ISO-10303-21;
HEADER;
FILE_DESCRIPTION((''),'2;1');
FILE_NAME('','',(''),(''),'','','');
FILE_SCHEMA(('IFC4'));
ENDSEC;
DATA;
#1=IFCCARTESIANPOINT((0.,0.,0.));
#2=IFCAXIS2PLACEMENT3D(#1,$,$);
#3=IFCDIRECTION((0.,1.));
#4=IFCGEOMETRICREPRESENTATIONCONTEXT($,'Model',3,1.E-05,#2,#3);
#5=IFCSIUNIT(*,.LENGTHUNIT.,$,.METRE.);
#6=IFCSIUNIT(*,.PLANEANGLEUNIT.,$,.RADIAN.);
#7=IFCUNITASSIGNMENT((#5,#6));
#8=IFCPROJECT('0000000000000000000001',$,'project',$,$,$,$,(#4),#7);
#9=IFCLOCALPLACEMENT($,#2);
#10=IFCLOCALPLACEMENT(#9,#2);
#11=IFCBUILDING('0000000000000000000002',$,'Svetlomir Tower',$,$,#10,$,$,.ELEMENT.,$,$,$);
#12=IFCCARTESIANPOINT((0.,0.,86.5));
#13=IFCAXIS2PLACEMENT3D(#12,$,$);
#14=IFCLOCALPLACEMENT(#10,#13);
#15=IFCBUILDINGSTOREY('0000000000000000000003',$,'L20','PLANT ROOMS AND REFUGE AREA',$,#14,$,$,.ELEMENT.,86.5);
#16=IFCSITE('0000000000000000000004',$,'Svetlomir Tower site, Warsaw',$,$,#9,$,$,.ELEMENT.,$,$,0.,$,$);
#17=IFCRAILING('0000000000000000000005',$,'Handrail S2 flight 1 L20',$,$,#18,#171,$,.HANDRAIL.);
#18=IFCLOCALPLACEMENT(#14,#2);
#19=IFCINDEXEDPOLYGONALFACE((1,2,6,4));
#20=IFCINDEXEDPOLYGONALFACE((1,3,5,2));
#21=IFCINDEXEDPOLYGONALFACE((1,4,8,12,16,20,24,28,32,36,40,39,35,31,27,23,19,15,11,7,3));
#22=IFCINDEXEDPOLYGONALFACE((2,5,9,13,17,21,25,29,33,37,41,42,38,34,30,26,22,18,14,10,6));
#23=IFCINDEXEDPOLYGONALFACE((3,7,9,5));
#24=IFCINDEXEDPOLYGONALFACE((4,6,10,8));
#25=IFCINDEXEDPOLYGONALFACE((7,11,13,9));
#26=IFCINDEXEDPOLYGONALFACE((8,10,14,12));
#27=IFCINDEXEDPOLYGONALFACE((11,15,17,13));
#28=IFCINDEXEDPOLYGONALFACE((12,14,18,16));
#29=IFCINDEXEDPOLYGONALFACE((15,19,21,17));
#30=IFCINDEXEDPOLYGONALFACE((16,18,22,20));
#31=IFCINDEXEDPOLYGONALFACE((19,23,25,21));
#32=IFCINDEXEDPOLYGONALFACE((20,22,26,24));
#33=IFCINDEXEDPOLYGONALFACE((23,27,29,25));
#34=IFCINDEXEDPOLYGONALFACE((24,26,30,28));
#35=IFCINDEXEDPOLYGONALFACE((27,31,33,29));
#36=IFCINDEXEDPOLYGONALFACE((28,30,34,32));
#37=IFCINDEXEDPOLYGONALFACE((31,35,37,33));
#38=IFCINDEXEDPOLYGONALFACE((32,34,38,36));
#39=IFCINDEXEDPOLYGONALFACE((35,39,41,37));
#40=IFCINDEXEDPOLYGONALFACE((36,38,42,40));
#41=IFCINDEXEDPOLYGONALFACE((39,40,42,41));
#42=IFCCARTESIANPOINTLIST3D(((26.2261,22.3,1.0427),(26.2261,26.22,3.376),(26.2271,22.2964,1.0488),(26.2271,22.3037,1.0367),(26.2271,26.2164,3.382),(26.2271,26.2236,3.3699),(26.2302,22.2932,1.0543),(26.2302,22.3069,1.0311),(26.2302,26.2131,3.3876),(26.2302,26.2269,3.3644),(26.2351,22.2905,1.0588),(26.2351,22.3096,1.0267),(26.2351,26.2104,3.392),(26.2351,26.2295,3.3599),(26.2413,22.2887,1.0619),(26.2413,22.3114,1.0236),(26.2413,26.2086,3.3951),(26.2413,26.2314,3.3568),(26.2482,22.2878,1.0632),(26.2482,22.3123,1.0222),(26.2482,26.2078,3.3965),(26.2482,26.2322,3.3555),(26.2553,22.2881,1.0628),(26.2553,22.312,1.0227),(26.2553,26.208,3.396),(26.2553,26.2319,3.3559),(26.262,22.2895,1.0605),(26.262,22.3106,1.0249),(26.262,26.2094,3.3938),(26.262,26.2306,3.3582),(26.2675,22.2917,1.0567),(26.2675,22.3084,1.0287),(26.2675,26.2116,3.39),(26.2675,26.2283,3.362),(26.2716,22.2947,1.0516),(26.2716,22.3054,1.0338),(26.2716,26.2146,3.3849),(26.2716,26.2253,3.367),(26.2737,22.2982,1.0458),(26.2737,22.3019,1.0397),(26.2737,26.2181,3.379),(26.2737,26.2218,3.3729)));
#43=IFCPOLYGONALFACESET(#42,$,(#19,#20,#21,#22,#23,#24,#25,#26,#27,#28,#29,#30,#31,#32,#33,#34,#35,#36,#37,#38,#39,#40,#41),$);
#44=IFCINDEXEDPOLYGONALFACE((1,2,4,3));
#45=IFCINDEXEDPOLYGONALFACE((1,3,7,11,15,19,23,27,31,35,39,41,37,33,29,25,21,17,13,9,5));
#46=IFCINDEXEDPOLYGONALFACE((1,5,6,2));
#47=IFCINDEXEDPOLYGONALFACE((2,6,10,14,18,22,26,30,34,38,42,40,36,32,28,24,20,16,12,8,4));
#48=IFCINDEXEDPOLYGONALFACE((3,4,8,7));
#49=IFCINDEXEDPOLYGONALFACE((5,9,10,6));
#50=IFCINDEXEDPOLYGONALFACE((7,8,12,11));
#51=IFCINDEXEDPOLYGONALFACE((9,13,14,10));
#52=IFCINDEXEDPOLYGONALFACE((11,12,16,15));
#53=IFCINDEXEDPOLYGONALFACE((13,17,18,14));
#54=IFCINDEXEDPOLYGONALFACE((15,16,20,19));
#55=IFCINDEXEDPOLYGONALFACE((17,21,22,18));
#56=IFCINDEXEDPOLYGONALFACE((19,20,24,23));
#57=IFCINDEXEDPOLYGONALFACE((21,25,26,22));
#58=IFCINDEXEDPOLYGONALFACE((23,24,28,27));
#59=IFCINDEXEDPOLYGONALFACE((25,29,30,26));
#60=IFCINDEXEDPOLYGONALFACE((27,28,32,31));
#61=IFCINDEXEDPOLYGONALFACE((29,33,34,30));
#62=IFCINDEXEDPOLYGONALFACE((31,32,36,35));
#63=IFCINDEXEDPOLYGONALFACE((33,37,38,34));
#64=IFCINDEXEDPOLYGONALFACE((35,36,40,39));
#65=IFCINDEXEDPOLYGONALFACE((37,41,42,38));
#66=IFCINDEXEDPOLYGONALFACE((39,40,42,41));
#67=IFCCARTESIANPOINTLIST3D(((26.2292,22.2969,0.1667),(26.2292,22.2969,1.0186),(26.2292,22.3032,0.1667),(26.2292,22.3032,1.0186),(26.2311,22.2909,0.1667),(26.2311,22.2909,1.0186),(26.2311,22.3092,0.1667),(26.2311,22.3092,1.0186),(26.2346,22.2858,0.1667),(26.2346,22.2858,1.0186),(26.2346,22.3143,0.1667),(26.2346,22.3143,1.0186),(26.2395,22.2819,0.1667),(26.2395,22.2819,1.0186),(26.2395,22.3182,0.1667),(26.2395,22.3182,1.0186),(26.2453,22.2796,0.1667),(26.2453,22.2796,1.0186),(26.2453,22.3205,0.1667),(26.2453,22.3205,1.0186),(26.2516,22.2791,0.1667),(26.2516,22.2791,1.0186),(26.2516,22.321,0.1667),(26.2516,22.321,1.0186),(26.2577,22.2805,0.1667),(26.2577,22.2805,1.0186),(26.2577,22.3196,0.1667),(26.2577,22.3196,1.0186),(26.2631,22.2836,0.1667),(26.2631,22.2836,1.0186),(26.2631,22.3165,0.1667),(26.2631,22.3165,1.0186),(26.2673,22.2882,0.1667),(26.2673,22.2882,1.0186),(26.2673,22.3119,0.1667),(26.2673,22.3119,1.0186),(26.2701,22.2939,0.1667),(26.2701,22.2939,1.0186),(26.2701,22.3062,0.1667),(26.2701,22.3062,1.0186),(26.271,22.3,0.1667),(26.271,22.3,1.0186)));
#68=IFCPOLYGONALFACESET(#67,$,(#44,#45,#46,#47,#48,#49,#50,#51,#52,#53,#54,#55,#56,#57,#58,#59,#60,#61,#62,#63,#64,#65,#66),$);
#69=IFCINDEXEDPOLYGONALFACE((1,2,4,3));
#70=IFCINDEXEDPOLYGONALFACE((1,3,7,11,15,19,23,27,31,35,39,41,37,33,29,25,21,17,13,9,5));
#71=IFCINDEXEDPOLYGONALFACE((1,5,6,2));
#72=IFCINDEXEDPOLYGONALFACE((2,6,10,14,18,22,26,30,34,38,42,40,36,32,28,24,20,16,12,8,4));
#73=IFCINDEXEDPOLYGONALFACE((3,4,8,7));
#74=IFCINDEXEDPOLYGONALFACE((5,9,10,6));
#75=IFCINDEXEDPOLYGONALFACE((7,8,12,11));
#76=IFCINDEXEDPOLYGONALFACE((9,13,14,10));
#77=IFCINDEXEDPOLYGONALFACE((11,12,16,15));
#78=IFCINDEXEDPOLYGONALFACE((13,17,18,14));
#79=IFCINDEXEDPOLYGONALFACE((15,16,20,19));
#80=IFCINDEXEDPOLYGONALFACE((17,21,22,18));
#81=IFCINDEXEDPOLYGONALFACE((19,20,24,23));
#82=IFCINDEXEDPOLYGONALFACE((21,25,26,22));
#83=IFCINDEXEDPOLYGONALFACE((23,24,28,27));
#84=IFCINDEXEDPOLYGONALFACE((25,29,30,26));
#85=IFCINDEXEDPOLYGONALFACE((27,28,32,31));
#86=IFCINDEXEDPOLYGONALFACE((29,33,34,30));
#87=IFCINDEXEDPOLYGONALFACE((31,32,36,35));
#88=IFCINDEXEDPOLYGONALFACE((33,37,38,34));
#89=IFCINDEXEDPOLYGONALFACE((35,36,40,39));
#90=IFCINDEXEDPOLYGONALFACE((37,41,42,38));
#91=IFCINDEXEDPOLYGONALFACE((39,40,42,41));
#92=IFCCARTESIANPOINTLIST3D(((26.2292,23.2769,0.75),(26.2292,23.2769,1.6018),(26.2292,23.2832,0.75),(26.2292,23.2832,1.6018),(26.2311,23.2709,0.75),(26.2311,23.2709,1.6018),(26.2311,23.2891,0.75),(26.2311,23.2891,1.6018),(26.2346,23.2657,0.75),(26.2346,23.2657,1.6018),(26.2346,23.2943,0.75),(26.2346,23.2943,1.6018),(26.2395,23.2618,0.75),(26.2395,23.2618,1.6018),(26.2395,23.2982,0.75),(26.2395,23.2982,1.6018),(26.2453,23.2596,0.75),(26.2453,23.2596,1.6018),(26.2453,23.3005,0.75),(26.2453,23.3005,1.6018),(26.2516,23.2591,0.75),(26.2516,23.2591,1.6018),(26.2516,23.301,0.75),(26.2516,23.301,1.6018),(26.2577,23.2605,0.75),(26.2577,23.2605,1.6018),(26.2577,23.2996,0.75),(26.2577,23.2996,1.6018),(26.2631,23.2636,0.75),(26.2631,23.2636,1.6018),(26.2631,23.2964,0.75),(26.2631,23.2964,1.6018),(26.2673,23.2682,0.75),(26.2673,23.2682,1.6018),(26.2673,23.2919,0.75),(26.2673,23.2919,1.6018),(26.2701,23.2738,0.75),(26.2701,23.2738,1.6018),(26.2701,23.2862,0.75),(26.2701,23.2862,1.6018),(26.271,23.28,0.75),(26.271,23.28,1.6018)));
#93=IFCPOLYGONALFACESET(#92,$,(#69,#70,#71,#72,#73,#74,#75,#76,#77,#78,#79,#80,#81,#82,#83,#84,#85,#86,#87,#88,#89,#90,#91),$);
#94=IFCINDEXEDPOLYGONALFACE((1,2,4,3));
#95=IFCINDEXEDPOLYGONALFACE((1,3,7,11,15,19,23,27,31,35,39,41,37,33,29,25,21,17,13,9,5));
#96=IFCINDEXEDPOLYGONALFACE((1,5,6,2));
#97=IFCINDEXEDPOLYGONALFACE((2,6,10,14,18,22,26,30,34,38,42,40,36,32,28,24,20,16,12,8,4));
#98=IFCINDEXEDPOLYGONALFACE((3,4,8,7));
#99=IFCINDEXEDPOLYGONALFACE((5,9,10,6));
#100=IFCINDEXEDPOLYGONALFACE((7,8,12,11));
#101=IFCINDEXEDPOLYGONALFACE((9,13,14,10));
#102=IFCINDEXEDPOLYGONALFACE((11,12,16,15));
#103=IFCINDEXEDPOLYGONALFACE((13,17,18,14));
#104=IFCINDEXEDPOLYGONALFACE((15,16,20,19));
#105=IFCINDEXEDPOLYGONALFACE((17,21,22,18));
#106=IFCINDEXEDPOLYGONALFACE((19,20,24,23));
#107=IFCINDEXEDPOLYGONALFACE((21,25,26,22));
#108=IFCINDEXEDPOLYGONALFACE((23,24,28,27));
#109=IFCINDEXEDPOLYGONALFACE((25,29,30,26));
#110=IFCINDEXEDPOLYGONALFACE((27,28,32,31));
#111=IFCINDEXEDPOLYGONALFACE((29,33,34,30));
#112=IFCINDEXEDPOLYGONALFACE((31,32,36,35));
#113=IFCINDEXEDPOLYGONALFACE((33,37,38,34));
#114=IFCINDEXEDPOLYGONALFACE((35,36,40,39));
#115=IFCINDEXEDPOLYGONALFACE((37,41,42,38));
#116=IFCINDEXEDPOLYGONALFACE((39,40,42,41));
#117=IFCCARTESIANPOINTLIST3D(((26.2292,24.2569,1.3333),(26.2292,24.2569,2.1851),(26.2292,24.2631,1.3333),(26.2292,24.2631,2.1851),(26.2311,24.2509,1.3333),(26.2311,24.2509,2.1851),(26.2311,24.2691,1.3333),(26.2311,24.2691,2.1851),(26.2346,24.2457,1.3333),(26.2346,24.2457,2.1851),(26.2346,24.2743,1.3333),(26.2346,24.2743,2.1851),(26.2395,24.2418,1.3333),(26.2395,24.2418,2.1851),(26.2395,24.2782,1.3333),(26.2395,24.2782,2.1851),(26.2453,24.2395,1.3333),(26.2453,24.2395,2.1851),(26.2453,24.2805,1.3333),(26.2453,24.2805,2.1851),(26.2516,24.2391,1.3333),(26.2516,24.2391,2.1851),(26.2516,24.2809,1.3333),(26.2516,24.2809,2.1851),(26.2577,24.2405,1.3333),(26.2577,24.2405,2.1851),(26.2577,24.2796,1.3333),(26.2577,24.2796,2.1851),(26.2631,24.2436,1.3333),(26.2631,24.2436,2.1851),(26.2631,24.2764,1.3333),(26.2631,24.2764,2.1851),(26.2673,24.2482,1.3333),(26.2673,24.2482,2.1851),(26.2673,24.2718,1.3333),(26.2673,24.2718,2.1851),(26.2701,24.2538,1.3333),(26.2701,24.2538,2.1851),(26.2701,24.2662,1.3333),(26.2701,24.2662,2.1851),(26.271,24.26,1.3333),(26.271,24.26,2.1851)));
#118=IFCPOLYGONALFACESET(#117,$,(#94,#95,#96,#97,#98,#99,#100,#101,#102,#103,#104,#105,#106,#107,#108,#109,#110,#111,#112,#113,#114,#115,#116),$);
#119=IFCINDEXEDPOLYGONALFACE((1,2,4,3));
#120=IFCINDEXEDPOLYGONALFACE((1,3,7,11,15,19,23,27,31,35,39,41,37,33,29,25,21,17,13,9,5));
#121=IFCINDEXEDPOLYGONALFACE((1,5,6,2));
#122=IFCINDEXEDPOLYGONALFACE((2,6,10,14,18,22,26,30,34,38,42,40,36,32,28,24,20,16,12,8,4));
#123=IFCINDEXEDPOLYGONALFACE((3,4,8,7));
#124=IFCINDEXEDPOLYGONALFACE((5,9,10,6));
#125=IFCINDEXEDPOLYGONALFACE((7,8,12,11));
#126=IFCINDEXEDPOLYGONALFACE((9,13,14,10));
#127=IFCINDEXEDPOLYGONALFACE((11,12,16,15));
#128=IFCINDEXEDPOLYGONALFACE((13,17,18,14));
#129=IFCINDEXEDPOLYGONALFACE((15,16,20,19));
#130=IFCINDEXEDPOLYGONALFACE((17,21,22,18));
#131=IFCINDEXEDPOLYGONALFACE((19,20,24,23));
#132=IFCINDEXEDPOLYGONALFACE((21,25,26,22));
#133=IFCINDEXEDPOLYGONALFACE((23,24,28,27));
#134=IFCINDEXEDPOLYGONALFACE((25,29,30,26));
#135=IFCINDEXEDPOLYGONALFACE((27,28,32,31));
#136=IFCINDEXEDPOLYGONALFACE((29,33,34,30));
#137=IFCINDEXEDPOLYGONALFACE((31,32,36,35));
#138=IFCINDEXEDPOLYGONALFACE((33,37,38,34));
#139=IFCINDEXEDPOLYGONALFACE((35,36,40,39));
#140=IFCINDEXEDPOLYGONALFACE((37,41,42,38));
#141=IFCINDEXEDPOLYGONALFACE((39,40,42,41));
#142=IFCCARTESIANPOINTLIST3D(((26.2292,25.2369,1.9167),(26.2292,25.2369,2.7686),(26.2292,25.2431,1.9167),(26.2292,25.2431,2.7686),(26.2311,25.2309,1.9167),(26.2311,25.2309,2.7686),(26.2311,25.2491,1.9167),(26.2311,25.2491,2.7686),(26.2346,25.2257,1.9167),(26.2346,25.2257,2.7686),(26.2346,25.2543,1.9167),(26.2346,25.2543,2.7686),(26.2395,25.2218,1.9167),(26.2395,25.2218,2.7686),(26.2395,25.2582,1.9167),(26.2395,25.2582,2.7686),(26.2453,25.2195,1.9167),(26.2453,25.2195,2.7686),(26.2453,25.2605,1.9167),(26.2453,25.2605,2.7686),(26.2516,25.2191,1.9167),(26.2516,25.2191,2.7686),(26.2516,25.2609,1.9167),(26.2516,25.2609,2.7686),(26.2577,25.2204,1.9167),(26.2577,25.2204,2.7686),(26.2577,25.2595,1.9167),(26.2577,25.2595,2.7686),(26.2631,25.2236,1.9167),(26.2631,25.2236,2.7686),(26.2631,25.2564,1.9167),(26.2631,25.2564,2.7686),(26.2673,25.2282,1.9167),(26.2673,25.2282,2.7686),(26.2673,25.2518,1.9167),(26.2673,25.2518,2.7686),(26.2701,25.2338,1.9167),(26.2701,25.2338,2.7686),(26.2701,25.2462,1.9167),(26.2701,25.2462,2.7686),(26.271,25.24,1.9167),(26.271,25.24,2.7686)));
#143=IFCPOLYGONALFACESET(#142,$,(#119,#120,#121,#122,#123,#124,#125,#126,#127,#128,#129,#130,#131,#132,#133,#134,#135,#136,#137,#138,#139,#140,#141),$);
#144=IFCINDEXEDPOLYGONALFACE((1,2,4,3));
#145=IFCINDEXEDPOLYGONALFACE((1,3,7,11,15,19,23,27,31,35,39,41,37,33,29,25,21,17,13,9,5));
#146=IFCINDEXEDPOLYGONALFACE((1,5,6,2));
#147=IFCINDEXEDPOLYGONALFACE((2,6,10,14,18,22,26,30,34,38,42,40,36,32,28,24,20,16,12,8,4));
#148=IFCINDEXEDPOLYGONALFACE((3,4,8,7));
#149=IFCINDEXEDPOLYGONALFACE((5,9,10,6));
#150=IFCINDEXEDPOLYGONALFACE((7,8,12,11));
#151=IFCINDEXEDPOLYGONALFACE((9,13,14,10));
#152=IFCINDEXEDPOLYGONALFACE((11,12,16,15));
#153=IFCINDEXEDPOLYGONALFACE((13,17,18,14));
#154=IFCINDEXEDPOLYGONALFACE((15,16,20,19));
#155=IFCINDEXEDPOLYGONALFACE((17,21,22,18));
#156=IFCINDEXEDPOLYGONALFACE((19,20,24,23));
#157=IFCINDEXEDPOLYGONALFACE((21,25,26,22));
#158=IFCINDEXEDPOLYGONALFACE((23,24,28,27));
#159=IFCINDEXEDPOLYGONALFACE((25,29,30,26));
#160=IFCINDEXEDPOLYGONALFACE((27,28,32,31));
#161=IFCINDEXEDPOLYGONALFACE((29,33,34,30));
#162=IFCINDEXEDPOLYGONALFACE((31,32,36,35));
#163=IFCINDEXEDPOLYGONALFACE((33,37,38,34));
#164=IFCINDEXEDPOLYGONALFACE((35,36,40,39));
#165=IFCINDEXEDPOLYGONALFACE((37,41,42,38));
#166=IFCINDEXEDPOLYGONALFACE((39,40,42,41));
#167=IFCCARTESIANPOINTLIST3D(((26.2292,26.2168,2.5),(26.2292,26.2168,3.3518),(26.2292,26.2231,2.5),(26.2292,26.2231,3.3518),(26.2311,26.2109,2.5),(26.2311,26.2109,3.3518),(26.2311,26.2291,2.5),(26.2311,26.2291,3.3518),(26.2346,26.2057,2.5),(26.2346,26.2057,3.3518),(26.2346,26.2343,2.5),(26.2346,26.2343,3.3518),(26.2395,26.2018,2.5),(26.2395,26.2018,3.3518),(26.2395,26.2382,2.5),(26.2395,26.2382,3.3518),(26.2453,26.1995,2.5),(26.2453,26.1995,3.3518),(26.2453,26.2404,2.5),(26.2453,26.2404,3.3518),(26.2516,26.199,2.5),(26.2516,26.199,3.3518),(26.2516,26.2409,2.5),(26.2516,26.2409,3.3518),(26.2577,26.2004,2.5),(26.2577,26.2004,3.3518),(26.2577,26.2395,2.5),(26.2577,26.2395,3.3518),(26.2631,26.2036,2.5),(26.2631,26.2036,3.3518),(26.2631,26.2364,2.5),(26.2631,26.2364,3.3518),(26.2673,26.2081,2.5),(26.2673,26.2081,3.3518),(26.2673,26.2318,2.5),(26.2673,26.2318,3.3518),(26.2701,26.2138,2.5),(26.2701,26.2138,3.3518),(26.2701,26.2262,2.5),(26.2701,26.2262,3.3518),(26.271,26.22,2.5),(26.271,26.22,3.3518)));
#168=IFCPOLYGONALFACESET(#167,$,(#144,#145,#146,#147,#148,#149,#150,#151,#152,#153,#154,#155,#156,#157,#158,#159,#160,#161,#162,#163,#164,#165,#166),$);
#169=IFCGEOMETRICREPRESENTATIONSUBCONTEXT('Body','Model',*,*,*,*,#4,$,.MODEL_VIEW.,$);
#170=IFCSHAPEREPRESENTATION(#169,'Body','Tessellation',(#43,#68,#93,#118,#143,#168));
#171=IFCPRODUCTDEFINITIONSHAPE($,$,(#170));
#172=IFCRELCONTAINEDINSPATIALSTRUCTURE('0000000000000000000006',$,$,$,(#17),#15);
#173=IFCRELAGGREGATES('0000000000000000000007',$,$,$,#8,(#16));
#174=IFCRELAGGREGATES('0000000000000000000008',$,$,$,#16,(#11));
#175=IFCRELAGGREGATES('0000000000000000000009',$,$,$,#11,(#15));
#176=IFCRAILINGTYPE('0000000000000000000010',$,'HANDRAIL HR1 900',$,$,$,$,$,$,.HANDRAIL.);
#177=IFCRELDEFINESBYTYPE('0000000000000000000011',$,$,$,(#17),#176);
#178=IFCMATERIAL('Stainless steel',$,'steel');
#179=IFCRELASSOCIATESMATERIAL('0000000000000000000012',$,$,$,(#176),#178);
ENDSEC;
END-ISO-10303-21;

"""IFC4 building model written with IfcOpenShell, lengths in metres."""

from ifc_helpers import new_model, si_unit, direction, frame, origin, origin_2d, place, context, subcontext, project, spatial, circle, extrude, material, type_object, element, save


model = new_model("IFC4")

# Units and contexts
model_context = context("Model", 3, precision=1e-05, world=origin(), true_north=direction((0.0, 1.0)))
body_context = subcontext(model_context, "Body", "Model", "MODEL_VIEW")
ifc_project = project(units=[si_unit("LENGTHUNIT", "METRE"), si_unit("PLANEANGLEUNIT", "RADIAN")], contexts=[model_context])

# Site, building, storey
site_placement = place(None, origin())
site = spatial("IfcSite", under=ifc_project, at=site_placement, Name="Svetlomir Tower site, Warsaw", CompositionType="ELEMENT", RefElevation=0.0)
building_placement = place(site_placement, origin())
building = spatial("IfcBuilding", under=site, at=building_placement, Name="Svetlomir Tower", CompositionType="ELEMENT")
storey_placement = place(building_placement, frame((0.0, 0.0, 86.5)))
storey = spatial("IfcBuildingStorey", under=building, at=storey_placement, Name="L20", Description="PLANT ROOMS AND REFUGE AREA", CompositionType="ELEMENT", Elevation=86.5)

# Railing
ifc_material_1 = material(Name="Stainless steel", Category="steel")
railing_type_1 = type_object("IfcRailingType", Name="HANDRAIL HR1 900", PredefinedType="HANDRAIL", material=ifc_material_1)
railing_1_placement = place(storey_placement, frame((26.25, 22.3, 0.1667)))
element("IfcRailing", 1, at=railing_1_placement, inside=storey, type_object=railing_type_1, Name="Handrail S2 flight 1 L20", PredefinedType="HANDRAIL", context=body_context, shape_type="SweptSolid", body=[
    extrude(circle(Radius=0.0239, at=origin_2d()), frame((0.0, 0.0, 0.876), z_axis=(0.0, 0.859296, 0.511478), x_axis=(-1.0, 0.0, 0.0)), (0.0, 0.0, 1.0), 4.5618),
    extrude(circle(Radius=0.021, at=origin_2d()), origin(), (0.0, 0.0, 1.0), 0.8518),
    extrude(circle(Radius=0.021, at=origin_2d()), frame((0.0, 0.98, 0.5833)), (0.0, 0.0, 1.0), 0.8518),
    extrude(circle(Radius=0.021, at=origin_2d()), frame((0.0, 1.96, 1.1665)), (0.0, 0.0, 1.0), 0.8518),
    extrude(circle(Radius=0.021, at=origin_2d()), frame((0.0, 2.9399, 1.75)), (0.0, 0.0, 1.0), 0.8518),
    extrude(circle(Radius=0.021, at=origin_2d()), frame((0.0, 3.9199, 2.3333)), (0.0, 0.0, 1.0), 0.8518),
])

save(model, "model.ifc")
